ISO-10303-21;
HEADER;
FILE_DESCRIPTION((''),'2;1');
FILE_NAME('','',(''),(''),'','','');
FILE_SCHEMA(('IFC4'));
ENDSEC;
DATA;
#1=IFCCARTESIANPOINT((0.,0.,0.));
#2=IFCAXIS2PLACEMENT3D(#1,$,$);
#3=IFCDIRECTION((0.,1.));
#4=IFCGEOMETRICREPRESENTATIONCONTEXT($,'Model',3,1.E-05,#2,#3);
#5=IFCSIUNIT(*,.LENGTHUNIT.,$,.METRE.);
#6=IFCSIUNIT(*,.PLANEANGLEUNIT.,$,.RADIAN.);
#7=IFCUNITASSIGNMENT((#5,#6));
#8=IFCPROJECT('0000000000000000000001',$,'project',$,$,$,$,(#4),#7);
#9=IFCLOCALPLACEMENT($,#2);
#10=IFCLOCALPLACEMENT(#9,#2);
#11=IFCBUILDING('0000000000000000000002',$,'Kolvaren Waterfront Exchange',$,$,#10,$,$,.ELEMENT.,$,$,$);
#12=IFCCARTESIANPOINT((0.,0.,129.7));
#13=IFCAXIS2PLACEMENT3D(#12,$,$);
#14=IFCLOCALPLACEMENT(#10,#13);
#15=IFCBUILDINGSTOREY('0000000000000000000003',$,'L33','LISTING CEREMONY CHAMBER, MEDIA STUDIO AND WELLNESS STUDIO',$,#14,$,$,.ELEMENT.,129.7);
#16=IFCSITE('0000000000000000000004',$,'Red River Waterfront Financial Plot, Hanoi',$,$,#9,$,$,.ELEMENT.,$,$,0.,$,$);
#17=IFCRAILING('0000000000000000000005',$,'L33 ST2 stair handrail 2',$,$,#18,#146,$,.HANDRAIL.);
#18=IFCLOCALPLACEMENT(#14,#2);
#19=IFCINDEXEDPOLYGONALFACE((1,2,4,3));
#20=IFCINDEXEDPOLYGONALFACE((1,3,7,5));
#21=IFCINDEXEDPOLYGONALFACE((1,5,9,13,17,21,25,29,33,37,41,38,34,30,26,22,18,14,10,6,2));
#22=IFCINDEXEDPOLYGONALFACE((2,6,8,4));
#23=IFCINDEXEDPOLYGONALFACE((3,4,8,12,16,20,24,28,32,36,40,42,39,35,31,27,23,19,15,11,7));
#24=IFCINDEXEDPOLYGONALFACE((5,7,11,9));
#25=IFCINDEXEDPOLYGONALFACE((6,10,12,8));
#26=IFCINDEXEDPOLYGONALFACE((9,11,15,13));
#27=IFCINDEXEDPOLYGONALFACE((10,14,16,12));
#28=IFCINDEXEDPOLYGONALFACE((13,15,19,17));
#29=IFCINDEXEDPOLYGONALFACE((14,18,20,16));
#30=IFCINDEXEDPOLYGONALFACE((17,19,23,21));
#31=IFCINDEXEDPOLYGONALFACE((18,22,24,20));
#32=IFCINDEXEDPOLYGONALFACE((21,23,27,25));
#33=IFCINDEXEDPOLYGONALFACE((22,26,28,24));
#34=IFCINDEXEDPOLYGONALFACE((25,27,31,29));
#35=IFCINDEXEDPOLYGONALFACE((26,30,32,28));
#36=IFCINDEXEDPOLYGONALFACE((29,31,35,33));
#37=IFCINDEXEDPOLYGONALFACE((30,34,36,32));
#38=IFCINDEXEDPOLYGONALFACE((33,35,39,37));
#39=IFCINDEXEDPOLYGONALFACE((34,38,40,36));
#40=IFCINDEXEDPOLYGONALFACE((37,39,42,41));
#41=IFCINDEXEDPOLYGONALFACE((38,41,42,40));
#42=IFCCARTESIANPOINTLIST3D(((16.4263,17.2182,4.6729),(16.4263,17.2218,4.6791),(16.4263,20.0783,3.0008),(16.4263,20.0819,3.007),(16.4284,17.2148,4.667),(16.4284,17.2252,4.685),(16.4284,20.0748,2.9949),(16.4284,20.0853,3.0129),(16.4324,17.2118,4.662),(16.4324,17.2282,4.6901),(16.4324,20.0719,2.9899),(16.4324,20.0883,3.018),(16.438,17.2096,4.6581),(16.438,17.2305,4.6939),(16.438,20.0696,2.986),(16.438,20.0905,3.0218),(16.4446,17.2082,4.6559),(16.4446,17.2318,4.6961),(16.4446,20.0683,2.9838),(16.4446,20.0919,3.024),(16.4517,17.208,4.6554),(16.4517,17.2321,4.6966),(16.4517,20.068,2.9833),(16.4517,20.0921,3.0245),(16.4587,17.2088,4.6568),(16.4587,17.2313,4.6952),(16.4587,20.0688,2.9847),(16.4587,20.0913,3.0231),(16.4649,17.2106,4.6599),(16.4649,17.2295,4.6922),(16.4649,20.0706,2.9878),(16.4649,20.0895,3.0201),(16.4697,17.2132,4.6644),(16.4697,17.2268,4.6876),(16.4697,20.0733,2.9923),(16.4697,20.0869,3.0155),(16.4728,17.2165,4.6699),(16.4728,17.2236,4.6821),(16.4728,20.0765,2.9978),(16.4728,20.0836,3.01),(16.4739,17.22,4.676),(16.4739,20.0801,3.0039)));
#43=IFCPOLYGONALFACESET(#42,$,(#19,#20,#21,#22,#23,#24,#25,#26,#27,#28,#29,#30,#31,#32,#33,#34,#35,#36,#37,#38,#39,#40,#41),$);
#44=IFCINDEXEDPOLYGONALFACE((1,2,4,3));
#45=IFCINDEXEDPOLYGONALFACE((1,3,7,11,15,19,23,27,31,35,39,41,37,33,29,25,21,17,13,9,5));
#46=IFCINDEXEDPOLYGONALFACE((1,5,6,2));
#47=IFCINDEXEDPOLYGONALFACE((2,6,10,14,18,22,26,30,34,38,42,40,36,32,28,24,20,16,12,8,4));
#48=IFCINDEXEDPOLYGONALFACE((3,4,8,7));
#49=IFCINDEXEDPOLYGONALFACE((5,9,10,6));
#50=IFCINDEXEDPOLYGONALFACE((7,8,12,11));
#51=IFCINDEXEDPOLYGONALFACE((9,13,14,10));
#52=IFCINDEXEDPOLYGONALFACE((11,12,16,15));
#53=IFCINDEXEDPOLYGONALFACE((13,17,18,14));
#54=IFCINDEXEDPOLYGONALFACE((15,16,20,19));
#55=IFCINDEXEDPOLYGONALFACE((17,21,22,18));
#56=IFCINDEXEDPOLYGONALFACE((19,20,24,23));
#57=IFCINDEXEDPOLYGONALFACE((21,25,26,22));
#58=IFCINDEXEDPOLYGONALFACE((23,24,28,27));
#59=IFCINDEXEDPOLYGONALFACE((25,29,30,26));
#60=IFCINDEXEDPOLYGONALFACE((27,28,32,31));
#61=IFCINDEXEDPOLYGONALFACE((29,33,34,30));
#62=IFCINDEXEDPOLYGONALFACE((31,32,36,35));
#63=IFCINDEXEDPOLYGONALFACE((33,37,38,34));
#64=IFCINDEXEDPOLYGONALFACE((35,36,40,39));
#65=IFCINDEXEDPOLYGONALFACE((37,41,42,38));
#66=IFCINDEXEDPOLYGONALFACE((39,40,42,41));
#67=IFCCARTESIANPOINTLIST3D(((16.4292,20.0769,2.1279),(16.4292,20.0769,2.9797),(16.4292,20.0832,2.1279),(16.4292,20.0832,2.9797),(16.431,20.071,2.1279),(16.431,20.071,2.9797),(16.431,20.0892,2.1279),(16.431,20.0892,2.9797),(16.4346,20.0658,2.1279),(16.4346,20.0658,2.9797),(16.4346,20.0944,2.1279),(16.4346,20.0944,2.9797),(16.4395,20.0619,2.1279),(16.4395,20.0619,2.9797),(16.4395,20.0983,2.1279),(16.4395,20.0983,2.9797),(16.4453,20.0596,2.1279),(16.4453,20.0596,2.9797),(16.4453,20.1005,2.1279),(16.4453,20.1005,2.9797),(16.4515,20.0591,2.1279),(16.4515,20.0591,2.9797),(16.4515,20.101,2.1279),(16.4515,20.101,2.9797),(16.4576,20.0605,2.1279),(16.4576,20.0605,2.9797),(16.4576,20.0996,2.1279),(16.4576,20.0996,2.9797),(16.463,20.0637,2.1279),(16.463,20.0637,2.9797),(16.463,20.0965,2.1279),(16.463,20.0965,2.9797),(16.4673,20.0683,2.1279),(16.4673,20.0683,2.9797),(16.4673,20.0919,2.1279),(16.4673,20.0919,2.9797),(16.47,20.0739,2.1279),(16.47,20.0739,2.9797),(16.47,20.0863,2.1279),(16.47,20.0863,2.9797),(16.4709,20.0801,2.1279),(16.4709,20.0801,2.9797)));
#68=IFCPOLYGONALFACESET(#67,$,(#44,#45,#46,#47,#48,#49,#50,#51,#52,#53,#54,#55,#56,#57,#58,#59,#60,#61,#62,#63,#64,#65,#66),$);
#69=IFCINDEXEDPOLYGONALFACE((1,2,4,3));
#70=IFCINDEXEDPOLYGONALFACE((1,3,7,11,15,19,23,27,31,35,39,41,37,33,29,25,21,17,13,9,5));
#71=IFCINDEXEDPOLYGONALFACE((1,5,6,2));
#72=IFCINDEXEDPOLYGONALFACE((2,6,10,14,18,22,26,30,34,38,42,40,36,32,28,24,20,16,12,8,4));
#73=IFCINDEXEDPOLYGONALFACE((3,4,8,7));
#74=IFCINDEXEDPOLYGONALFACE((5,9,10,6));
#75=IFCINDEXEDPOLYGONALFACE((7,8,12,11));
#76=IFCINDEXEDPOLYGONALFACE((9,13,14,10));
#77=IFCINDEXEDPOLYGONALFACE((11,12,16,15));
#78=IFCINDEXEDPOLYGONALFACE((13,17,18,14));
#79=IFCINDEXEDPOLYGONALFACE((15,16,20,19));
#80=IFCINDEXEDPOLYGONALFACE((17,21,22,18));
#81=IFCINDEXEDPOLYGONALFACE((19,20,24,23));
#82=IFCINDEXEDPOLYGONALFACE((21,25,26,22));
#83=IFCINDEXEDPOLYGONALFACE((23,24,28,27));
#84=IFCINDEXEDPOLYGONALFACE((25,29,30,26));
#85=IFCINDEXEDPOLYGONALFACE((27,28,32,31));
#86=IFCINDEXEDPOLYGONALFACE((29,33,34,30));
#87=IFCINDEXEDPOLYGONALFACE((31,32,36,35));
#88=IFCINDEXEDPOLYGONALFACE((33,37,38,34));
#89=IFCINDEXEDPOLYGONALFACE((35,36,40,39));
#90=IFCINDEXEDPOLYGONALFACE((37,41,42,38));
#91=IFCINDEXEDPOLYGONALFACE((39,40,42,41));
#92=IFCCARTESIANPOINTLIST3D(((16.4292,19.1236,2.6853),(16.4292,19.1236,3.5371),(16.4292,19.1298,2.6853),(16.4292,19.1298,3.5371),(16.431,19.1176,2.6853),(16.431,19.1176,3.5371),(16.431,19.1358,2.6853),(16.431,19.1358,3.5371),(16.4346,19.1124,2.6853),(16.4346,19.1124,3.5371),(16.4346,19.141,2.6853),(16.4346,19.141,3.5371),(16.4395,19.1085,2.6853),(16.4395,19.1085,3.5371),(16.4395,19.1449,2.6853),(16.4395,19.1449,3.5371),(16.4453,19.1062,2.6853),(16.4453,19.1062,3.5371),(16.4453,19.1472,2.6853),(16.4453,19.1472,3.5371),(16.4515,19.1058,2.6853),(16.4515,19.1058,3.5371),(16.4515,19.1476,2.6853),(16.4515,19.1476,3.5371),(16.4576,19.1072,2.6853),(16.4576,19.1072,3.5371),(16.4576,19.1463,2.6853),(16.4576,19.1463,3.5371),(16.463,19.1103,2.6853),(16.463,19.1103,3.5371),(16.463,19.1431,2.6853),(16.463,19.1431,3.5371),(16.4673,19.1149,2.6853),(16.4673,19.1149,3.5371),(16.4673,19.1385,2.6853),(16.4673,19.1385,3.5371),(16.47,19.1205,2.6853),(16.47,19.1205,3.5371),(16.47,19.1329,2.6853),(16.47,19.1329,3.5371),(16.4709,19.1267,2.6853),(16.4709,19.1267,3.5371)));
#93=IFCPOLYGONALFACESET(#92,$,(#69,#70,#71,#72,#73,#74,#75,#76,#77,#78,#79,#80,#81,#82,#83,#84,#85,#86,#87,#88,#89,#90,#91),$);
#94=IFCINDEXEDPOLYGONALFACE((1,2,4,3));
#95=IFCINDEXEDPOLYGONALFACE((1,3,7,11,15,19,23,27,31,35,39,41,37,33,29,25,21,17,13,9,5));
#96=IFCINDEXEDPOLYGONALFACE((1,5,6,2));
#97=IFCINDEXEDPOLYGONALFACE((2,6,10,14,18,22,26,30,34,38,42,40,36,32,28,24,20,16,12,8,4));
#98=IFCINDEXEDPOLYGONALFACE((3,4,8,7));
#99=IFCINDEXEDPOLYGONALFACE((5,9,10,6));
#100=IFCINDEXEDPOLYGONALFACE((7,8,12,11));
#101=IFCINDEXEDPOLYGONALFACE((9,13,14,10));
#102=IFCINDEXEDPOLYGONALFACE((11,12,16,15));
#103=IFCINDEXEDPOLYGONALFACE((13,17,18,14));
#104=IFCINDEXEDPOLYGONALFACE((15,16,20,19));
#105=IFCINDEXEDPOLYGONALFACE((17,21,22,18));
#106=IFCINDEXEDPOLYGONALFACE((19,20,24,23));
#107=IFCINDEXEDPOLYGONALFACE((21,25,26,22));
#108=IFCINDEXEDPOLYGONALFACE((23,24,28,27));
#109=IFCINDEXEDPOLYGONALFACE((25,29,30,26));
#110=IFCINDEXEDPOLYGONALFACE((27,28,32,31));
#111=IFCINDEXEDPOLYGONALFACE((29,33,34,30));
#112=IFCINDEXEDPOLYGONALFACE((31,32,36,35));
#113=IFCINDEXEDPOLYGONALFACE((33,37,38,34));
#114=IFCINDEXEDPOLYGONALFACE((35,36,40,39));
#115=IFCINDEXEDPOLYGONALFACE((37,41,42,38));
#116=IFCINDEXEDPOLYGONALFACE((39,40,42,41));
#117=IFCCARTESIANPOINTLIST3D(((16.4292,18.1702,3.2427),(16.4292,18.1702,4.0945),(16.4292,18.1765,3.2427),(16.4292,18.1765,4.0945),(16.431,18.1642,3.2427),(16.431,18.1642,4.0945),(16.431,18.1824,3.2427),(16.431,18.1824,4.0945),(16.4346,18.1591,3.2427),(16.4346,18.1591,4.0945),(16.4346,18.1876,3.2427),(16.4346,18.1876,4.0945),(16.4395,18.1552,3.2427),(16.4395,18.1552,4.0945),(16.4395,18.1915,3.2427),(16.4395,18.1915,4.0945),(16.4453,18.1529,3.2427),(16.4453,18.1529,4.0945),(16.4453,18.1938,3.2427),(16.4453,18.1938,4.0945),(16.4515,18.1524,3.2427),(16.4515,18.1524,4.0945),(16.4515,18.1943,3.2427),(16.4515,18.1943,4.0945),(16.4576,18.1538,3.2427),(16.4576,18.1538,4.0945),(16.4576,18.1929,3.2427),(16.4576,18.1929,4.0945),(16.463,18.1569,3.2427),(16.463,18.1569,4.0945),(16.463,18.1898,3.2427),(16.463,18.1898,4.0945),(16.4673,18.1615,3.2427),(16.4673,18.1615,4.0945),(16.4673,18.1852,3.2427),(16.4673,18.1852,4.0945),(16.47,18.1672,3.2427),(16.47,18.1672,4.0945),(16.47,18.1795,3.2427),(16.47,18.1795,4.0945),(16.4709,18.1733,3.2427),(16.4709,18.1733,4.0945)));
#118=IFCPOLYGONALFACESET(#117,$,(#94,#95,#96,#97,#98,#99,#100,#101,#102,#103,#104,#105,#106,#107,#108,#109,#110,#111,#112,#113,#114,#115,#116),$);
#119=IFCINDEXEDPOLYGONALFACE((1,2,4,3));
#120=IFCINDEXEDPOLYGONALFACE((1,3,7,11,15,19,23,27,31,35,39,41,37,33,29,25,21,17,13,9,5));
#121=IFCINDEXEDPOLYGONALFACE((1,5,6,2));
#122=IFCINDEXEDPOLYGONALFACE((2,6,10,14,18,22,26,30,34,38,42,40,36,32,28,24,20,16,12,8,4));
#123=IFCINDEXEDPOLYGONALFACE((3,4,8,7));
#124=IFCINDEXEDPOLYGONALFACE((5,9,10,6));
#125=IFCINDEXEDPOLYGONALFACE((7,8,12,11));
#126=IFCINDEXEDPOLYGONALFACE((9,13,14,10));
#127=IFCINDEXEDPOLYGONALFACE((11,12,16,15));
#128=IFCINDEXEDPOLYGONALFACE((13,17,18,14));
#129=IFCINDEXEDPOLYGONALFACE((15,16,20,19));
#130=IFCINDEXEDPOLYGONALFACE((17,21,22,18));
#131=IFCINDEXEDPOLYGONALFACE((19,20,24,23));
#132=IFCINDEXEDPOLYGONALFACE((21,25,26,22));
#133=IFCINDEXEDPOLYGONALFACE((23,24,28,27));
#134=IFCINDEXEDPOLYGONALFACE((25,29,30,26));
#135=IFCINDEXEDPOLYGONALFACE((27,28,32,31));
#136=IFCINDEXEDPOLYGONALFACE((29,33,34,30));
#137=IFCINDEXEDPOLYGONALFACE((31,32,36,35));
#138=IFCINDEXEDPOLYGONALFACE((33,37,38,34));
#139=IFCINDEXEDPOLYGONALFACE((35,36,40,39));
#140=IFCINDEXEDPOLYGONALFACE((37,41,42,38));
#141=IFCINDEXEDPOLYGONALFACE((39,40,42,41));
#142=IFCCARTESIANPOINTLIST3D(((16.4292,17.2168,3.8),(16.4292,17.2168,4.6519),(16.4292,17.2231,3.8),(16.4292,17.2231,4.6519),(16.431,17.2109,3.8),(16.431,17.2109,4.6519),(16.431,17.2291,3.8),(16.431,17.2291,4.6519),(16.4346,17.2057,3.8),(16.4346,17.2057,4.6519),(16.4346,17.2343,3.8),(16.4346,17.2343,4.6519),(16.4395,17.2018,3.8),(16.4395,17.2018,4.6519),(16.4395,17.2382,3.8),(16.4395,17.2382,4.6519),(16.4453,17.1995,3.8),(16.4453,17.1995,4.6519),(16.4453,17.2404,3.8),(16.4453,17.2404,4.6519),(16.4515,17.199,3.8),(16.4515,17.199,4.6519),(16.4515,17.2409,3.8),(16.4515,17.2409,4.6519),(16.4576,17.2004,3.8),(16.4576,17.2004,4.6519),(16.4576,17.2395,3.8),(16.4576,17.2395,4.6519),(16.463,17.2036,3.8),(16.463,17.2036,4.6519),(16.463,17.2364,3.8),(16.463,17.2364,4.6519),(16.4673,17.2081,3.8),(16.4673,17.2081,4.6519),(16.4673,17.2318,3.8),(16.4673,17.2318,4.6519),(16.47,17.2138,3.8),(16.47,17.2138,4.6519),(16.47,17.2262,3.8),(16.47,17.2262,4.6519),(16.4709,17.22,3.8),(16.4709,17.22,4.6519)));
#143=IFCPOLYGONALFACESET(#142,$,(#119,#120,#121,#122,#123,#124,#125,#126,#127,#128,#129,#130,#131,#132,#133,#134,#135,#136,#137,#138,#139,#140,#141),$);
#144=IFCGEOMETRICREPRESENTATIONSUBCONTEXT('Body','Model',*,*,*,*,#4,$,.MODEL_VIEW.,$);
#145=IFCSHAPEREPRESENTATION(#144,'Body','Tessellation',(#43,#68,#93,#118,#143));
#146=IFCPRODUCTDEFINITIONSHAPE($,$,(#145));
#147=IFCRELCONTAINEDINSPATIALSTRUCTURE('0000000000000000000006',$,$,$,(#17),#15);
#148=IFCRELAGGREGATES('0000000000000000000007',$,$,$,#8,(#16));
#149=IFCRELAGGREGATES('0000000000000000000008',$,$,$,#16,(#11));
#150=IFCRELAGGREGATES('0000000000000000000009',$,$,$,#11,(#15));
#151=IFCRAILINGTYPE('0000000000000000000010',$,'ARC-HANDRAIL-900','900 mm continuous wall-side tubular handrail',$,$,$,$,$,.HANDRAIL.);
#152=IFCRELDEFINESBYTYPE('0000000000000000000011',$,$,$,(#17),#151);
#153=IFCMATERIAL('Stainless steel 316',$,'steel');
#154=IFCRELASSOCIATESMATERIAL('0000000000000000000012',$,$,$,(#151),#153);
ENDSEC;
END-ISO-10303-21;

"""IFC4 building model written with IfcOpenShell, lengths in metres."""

from ifc_helpers import new_model, si_unit, direction, frame, origin, origin_2d, place, context, subcontext, project, spatial, circle, extrude, material, type_object, element, save


model = new_model("IFC4")

# Units and contexts
model_context = context("Model", 3, precision=1e-05, world=origin(), true_north=direction((0.0, 1.0)))
body_context = subcontext(model_context, "Body", "Model", "MODEL_VIEW")
ifc_project = project(units=[si_unit("LENGTHUNIT", "METRE"), si_unit("PLANEANGLEUNIT", "RADIAN")], contexts=[model_context])

# Site, building, storey
site_placement = place(None, origin())
site = spatial("IfcSite", under=ifc_project, at=site_placement, Name="Red River Waterfront Financial Plot, Hanoi", CompositionType="ELEMENT", RefElevation=0.0)
building_placement = place(site_placement, origin())
building = spatial("IfcBuilding", under=site, at=building_placement, Name="Kolvaren Waterfront Exchange", CompositionType="ELEMENT")
storey_placement = place(building_placement, frame((0.0, 0.0, 129.7)))
storey = spatial("IfcBuildingStorey", under=building, at=storey_placement, Name="L33", Description="LISTING CEREMONY CHAMBER, MEDIA STUDIO AND WELLNESS STUDIO", CompositionType="ELEMENT", Elevation=129.7)

# Railing
ifc_material_1 = material(Name="Stainless steel 316", Category="steel")
railing_type_1 = type_object("IfcRailingType", Name="ARC-HANDRAIL-900", Description="900 mm continuous wall-side tubular handrail", PredefinedType="HANDRAIL", material=ifc_material_1)
railing_1_placement = place(storey_placement, frame((16.45, 20.0801, 2.1279)))
element("IfcRailing", 1, at=railing_1_placement, inside=storey, type_object=railing_type_1, Name="L33 ST2 stair handrail 2", PredefinedType="HANDRAIL", context=body_context, shape_type="SweptSolid", body=[
    extrude(circle(Radius=0.0239, at=origin_2d()), frame((0.0, 0.0, 0.876), z_axis=(0.0, -0.863289, 0.504709), x_axis=(1.0, 0.0, 0.0)), (0.0, 0.0, 1.0), 3.313),
    extrude(circle(Radius=0.021, at=origin_2d()), origin(), (0.0, 0.0, 1.0), 0.8518),
    extrude(circle(Radius=0.021, at=origin_2d()), frame((0.0, -0.9534, 0.5574)), (0.0, 0.0, 1.0), 0.8518),
    extrude(circle(Radius=0.021, at=origin_2d()), frame((0.0, -1.9067, 1.1147)), (0.0, 0.0, 1.0), 0.8518),
    extrude(circle(Radius=0.021, at=origin_2d()), frame((0.0, -2.8601, 1.6721)), (0.0, 0.0, 1.0), 0.8518),
])

save(model, "model.ifc")
